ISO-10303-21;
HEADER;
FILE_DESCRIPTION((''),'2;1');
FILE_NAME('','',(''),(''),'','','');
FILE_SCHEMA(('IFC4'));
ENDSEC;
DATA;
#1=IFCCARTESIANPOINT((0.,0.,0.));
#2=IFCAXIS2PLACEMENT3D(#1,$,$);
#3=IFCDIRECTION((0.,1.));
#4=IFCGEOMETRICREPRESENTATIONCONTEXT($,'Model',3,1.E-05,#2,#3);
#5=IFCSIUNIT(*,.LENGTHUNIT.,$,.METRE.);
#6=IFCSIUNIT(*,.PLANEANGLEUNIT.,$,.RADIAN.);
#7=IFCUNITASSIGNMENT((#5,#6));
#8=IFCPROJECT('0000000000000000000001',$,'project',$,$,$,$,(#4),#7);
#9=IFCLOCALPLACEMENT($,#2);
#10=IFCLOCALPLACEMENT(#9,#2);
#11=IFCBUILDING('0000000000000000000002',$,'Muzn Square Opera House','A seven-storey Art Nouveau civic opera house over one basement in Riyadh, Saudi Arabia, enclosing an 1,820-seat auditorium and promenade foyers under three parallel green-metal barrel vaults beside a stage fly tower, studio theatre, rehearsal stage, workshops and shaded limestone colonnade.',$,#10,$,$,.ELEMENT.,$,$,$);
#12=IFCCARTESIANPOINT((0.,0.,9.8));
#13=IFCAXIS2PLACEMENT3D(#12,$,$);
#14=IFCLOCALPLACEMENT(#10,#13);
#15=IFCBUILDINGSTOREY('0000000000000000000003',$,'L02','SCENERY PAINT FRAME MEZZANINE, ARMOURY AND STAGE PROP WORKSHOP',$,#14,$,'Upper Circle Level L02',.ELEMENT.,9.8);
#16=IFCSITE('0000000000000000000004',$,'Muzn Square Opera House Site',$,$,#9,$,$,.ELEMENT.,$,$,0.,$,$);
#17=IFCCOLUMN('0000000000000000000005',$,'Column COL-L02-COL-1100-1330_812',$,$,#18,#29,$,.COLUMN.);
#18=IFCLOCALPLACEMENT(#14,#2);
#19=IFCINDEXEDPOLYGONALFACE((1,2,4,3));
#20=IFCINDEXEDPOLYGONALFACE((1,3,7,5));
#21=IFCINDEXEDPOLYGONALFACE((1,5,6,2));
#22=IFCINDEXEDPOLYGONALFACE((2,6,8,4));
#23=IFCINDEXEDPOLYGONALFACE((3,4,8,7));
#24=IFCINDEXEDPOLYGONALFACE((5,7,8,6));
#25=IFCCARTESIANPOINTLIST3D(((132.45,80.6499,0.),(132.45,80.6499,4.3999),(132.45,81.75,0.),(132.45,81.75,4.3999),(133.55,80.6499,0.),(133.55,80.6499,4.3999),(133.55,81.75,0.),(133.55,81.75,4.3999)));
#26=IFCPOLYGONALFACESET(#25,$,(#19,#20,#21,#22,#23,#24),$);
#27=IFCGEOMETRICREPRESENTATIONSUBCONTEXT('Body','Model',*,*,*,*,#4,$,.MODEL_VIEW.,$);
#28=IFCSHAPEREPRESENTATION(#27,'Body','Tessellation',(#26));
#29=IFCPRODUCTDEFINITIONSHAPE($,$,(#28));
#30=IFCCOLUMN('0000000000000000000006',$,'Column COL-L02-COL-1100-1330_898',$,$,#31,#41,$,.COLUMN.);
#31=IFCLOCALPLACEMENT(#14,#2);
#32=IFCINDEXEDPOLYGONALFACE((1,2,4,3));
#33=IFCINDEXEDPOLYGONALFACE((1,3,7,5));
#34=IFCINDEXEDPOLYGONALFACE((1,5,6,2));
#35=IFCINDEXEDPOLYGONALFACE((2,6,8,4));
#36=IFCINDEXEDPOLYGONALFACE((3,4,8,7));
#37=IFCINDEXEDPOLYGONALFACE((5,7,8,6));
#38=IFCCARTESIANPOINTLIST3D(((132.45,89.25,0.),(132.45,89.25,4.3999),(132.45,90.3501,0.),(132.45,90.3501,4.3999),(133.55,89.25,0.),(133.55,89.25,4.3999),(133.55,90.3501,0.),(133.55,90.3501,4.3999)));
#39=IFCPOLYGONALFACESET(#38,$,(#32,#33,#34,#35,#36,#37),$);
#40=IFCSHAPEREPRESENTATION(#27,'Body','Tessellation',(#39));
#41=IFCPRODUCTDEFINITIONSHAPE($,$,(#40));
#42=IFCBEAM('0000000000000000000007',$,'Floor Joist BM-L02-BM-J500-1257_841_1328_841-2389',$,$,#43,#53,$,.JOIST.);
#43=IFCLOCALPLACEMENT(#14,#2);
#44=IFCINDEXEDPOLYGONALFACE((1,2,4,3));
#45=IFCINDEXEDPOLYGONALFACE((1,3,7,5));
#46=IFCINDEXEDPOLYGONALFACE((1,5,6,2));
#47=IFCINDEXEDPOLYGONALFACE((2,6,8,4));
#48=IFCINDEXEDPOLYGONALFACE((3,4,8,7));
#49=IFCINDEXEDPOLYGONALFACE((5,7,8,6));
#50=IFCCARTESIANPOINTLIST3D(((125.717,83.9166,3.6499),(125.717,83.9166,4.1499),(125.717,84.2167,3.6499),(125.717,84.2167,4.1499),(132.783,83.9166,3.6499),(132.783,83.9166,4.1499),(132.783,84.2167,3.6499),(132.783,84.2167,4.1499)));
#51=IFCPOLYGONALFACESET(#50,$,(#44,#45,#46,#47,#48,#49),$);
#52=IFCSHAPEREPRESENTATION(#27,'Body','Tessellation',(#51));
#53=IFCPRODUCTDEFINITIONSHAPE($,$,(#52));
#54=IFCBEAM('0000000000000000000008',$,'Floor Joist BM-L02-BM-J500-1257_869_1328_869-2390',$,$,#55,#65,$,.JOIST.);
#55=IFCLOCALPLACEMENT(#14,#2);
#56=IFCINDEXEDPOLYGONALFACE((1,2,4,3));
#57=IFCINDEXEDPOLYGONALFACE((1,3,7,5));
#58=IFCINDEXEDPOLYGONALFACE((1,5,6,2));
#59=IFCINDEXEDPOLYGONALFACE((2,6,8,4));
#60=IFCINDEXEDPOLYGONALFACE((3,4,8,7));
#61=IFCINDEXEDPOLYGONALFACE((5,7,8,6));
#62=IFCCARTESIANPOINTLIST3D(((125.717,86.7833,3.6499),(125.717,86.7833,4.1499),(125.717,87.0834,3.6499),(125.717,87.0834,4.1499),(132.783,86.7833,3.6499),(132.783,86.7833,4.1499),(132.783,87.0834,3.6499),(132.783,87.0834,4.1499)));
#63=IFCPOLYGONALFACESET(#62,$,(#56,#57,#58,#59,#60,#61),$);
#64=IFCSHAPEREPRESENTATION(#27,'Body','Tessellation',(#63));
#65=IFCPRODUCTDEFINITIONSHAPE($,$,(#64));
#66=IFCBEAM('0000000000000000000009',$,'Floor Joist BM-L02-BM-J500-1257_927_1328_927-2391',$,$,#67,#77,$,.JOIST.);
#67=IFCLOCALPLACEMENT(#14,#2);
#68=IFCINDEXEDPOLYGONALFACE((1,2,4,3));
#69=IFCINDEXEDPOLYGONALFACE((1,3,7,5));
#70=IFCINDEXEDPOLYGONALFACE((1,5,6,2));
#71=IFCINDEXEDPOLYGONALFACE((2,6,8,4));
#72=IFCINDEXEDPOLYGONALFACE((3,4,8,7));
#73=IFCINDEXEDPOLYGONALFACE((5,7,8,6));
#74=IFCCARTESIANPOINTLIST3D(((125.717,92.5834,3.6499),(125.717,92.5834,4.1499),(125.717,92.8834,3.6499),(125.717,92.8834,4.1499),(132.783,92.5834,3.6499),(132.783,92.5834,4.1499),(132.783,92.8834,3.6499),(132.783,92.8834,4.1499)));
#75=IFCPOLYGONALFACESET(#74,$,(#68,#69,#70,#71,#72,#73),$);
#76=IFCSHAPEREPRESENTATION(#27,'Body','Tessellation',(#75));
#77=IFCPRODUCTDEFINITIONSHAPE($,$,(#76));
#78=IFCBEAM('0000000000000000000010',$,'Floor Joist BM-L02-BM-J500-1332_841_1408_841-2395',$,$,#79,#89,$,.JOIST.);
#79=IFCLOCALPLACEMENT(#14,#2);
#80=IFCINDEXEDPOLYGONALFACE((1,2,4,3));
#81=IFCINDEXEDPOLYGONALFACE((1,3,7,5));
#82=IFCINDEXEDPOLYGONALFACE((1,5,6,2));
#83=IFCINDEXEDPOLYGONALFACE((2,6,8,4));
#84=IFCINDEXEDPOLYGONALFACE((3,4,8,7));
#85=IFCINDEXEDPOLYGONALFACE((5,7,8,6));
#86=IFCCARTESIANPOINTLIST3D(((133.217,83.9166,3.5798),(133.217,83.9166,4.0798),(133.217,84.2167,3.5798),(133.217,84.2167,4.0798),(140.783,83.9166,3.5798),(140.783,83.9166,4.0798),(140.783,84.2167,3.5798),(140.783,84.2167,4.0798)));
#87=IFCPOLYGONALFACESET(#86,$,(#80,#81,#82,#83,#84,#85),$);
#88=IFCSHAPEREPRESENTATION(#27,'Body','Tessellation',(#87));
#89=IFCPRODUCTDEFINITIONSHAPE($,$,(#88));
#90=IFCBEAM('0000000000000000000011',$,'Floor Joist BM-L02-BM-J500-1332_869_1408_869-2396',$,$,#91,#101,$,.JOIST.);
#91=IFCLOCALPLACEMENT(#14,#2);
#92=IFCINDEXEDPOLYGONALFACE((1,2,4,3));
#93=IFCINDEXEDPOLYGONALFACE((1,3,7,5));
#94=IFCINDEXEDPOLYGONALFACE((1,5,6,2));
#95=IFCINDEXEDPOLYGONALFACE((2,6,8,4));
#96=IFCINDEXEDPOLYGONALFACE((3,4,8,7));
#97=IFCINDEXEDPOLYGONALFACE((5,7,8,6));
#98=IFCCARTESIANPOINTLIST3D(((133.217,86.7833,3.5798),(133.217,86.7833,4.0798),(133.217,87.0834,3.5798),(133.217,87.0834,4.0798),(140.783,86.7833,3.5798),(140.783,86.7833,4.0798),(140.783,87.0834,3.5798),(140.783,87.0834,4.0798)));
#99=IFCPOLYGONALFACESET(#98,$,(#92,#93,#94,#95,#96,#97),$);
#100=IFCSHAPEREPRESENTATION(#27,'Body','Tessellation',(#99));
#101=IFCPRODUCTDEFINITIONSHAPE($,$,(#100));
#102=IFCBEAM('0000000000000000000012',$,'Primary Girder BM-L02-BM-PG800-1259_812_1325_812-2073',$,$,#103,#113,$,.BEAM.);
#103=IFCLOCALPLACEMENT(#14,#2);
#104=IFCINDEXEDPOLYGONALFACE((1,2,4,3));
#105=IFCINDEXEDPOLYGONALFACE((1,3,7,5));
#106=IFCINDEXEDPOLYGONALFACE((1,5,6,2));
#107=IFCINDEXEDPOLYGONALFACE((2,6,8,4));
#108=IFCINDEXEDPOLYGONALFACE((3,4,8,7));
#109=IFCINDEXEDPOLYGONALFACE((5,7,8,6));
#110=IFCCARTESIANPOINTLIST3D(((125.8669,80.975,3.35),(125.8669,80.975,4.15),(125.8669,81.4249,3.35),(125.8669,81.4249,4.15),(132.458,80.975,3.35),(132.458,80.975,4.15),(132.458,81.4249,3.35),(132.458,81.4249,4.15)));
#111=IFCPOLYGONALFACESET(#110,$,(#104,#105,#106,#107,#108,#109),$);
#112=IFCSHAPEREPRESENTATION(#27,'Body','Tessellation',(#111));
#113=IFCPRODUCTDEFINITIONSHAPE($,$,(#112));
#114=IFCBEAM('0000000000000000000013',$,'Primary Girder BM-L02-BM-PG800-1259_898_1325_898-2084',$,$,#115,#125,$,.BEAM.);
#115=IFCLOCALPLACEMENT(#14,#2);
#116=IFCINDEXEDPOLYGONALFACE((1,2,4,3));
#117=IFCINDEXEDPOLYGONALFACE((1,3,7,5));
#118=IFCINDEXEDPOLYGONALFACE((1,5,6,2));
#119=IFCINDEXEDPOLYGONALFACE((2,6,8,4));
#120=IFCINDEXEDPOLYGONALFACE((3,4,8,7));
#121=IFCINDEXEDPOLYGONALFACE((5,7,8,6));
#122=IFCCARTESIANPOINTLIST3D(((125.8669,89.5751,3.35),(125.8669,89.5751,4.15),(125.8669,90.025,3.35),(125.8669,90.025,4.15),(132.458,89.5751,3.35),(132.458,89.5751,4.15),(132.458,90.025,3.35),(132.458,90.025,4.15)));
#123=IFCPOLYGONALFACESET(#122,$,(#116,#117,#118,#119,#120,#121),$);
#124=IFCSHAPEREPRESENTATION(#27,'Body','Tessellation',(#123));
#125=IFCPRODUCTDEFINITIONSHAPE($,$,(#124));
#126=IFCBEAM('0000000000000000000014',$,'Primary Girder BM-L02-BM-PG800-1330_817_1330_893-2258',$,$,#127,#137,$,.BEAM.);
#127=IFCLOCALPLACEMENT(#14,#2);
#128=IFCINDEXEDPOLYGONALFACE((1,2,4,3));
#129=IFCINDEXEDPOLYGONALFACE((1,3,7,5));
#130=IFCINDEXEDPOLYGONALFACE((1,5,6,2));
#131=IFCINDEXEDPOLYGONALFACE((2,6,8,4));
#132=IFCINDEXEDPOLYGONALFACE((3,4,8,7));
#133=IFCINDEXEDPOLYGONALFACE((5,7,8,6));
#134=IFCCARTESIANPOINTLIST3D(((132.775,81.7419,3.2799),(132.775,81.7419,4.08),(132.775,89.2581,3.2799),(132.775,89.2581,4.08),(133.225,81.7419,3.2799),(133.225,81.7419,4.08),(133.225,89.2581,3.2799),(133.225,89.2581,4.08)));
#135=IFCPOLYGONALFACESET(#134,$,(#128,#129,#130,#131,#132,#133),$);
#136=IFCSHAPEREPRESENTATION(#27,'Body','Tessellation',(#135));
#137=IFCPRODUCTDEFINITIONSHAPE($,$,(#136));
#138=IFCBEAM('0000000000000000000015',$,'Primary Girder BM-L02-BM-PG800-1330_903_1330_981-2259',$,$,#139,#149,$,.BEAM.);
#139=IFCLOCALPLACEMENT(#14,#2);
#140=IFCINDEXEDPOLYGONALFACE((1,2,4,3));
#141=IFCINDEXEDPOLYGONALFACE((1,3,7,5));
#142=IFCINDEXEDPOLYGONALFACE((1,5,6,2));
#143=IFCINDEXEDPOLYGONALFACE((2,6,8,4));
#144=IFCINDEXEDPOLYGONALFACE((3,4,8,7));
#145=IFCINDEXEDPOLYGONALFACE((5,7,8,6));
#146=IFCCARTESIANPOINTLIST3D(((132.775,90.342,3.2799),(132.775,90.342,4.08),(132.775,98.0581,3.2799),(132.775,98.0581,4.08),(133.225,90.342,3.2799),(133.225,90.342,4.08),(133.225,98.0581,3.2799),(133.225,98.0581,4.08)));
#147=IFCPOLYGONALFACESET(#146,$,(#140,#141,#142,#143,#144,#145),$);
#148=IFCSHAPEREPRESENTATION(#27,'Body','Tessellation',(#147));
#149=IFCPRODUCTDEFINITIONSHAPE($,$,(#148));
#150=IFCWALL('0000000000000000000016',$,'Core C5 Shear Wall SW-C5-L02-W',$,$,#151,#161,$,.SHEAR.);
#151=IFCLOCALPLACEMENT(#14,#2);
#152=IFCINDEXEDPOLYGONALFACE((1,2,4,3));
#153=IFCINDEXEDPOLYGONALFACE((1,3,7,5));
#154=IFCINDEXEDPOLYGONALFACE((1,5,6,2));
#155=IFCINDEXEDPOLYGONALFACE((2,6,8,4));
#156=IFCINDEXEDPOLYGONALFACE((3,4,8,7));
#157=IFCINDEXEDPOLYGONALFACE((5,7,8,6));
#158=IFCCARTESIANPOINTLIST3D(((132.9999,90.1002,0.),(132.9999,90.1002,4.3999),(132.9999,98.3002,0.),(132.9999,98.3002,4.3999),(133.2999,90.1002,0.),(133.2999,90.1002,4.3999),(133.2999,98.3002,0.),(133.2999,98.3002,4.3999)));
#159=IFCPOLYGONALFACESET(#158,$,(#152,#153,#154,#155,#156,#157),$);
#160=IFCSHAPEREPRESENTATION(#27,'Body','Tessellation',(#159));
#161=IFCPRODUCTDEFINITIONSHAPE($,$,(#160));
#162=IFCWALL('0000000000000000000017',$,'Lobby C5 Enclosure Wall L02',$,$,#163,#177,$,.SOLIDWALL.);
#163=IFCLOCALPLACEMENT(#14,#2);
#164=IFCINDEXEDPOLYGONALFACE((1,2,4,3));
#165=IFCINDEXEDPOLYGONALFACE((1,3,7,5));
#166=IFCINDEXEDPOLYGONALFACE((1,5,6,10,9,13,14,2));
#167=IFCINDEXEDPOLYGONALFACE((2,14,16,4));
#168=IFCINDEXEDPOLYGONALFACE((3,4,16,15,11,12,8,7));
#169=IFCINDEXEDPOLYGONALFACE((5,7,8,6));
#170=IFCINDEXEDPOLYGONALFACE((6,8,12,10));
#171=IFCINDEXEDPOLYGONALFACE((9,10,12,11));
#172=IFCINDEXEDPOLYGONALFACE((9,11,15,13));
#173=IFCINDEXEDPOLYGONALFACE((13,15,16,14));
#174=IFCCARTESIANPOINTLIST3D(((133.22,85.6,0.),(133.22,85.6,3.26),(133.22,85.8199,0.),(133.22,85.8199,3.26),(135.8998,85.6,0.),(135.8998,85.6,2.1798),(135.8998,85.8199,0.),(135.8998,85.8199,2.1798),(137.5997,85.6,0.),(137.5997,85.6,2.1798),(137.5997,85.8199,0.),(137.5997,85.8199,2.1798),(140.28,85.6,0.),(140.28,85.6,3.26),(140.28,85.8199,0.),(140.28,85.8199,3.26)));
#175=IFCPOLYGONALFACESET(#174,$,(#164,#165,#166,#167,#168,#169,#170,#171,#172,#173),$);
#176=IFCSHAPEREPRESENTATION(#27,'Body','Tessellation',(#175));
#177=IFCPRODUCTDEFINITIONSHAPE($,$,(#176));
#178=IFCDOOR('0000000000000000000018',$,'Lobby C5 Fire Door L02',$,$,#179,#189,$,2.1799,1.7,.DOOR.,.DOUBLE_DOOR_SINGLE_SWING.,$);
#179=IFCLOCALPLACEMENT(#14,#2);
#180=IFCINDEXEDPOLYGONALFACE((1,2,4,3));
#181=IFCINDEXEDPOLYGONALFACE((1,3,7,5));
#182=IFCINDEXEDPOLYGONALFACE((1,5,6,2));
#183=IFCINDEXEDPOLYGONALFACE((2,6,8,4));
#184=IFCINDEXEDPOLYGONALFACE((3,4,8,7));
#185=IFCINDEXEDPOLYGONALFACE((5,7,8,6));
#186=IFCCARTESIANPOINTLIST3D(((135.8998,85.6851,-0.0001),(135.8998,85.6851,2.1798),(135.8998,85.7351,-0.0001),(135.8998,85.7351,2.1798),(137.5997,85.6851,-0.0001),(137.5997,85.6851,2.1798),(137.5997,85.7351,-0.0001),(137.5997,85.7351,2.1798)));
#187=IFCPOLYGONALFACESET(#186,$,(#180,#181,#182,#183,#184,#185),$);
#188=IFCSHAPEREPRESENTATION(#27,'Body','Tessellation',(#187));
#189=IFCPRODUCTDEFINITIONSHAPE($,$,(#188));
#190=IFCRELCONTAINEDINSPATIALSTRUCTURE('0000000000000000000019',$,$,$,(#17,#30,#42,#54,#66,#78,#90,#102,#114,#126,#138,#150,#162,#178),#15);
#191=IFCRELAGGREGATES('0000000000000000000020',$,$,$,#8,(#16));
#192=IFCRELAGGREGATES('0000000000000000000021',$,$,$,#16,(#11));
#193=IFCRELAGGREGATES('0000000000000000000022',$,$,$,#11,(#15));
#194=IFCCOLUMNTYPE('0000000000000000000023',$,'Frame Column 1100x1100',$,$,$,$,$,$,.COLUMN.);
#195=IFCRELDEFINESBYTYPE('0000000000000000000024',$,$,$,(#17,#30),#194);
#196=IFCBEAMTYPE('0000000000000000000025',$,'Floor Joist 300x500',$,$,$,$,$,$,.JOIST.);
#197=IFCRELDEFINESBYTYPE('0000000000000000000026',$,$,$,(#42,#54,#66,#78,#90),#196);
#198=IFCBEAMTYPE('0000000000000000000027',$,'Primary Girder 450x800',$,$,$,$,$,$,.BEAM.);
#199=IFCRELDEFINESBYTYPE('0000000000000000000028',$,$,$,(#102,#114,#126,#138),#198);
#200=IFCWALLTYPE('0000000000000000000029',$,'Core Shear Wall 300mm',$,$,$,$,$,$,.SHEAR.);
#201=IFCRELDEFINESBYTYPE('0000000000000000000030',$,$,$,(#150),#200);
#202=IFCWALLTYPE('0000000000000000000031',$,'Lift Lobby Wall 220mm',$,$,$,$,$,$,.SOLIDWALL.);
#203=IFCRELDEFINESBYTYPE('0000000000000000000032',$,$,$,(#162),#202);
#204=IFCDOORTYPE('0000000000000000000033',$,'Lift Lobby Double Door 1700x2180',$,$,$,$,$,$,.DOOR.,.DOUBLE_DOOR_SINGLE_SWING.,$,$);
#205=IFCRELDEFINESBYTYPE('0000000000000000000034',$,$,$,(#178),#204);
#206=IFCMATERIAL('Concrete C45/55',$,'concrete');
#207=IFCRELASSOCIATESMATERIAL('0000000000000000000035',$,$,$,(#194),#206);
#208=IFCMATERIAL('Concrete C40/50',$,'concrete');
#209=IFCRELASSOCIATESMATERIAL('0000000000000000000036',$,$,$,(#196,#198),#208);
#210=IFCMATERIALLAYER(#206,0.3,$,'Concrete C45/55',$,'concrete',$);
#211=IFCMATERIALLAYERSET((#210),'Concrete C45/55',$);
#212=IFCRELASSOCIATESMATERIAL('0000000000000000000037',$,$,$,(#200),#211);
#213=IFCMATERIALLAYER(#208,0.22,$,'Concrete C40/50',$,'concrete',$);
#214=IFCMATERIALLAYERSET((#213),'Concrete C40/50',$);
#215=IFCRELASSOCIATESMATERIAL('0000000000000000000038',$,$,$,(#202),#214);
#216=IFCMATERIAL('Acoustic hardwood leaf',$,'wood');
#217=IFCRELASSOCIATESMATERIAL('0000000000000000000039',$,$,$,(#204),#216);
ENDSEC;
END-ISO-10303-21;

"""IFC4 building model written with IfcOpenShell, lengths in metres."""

from ifc_helpers import new_model, si_unit, direction, frame, frame_2d, origin, origin_2d, place, context, subcontext, project, spatial, rectangle, extrude, material, layer, layer_set, material_profile, profile_set, type_object, element, fill, save


model = new_model("IFC4")

# Units and contexts
model_context = context("Model", 3, precision=1e-05, world=origin(), true_north=direction((0.0, 1.0)))
body_context = subcontext(model_context, "Body", "Model", "MODEL_VIEW")
ifc_project = project(units=[si_unit("LENGTHUNIT", "METRE"), si_unit("PLANEANGLEUNIT", "RADIAN")], contexts=[model_context])

# Site, building, storey
site_placement = place(None, origin())
site = spatial("IfcSite", under=ifc_project, at=site_placement, Name="Muzn Square Opera House Site", CompositionType="ELEMENT", RefElevation=0.0)
building_placement = place(site_placement, origin())
building = spatial("IfcBuilding", under=site, at=building_placement, Name="Muzn Square Opera House", Description="A seven-storey Art Nouveau civic opera house over one basement in Riyadh, Saudi Arabia, enclosing an 1,820-seat auditorium and promenade foyers under three parallel green-metal barrel vaults beside a stage fly tower, studio theatre, rehearsal stage, workshops and shaded limestone colonnade.", CompositionType="ELEMENT")
storey_placement = place(building_placement, frame((0.0, 0.0, 9.8)))
storey = spatial("IfcBuildingStorey", under=building, at=storey_placement, Name="L02", Description="SCENERY PAINT FRAME MEZZANINE, ARMOURY AND STAGE PROP WORKSHOP", LongName="Upper Circle Level L02", CompositionType="ELEMENT", Elevation=9.8)

# Columns
ifc_material_1 = material(Name="Concrete C45/55", Category="concrete")
ifc_material_profile_1 = material_profile(ifc_material_1, rectangle(XDim=1.1001, YDim=1.1001, at=origin_2d()), Name="RC 1100x1100", Category="concrete")
ifc_profile_set_1 = profile_set([ifc_material_profile_1], Name="Concrete C45/55")
column_type = type_object("IfcColumnType", Name="Frame Column 1100x1100", PredefinedType="COLUMN", material=ifc_profile_set_1)
for number, where, z_axis, x_axis, name in (
    (1, (133.0, 81.2, 0.0), (0.0, 0.0, 1.0), (1.0, 0.0, 0.0), "Column COL-L02-COL-1100-1330_812"),
    (2, (133.0, 89.8, 0.0), (0.0, 0.0, 1.0), (1.0, 0.0, 0.0), "Column COL-L02-COL-1100-1330_898"),
):
    element("IfcColumn", number, at=place(storey_placement, frame(where, z_axis=z_axis, x_axis=x_axis)), inside=storey, type_object=column_type, Name=name, PredefinedType="COLUMN", context=body_context, shape_type="SweptSolid", body=[
        extrude(rectangle(XDim=1.1001, YDim=1.1001, at=origin_2d()), origin(), (0.0, 0.0, 1.0), 4.3999),
    ])

# Beams
ifc_material_2 = material(Name="Concrete C40/50", Category="concrete")
ifc_material_profile_2 = material_profile(ifc_material_2, rectangle(XDim=0.3, YDim=0.5, at=origin_2d()), Name="RCJ 300x500", Category="concrete")
ifc_profile_set_2 = profile_set([ifc_material_profile_2], Name="Concrete C40/50")
beam_type_1 = type_object("IfcBeamType", Name="Floor Joist 300x500", PredefinedType="JOIST", material=ifc_profile_set_2)
for number, where, z_axis, x_axis, name in (
    (3, (125.717, 84.0667, 3.8999), (1.0, 0.0, 0.0), (0.0, 1.0, 0.0), "Floor Joist BM-L02-BM-J500-1257_841_1328_841-2389"),
    (4, (125.717, 86.9333, 3.8999), (1.0, 0.0, 0.0), (0.0, 1.0, 0.0), "Floor Joist BM-L02-BM-J500-1257_869_1328_869-2390"),
    (5, (125.717, 92.7334, 3.8999), (1.0, 0.0, 0.0), (0.0, 1.0, 0.0), "Floor Joist BM-L02-BM-J500-1257_927_1328_927-2391"),
):
    element("IfcBeam", number, at=place(storey_placement, frame(where, z_axis=z_axis, x_axis=x_axis)), inside=storey, type_object=beam_type_1, Name=name, PredefinedType="JOIST", context=body_context, shape_type="SweptSolid", body=[
        extrude(rectangle(XDim=0.3, YDim=0.5, at=origin_2d()), origin(), (0.0, 0.0, 1.0), 7.0659),
    ])
for number, where, z_axis, x_axis, name in (
    (6, (133.217, 84.0667, 3.8298), (1.0, 0.0, 0.0), (0.0, 1.0, 0.0), "Floor Joist BM-L02-BM-J500-1332_841_1408_841-2395"),
    (7, (133.217, 86.9333, 3.8298), (1.0, 0.0, 0.0), (0.0, 1.0, 0.0), "Floor Joist BM-L02-BM-J500-1332_869_1408_869-2396"),
):
    element("IfcBeam", number, at=place(storey_placement, frame(where, z_axis=z_axis, x_axis=x_axis)), inside=storey, type_object=beam_type_1, Name=name, PredefinedType="JOIST", context=body_context, shape_type="SweptSolid", body=[
        extrude(rectangle(XDim=0.3, YDim=0.5, at=origin_2d()), origin(), (0.0, 0.0, 1.0), 7.5659),
    ])
ifc_material_profile_3 = material_profile(ifc_material_2, rectangle(XDim=0.45, YDim=0.8, at=origin_2d()), Name="RCB 450x800", Category="concrete")
ifc_profile_set_3 = profile_set([ifc_material_profile_3], Name="Concrete C40/50")
beam_type_2 = type_object("IfcBeamType", Name="Primary Girder 450x800", PredefinedType="BEAM", material=ifc_profile_set_3)
for number, where, z_axis, x_axis, name in (
    (8, (125.8669, 81.2, 3.75), (1.0, 0.0, 0.0), (0.0, 1.0, 0.0), "Primary Girder BM-L02-BM-PG800-1259_812_1325_812-2073"),
    (9, (125.8669, 89.8, 3.75), (1.0, 0.0, 0.0), (0.0, 1.0, 0.0), "Primary Girder BM-L02-BM-PG800-1259_898_1325_898-2084"),
):
    element("IfcBeam", number, at=place(storey_placement, frame(where, z_axis=z_axis, x_axis=x_axis)), inside=storey, type_object=beam_type_2, Name=name, PredefinedType="BEAM", context=body_context, shape_type="SweptSolid", body=[
        extrude(rectangle(XDim=0.45, YDim=0.8, at=origin_2d()), origin(), (0.0, 0.0, 1.0), 6.5911),
    ])
beam_1_placement = place(storey_placement, frame((133.0, 81.7419, 3.6799), z_axis=(0.0, 1.0, 0.0), x_axis=(-1.0, 0.0, 0.0)))
element("IfcBeam", 10, at=beam_1_placement, inside=storey, type_object=beam_type_2, Name="Primary Girder BM-L02-BM-PG800-1330_817_1330_893-2258", PredefinedType="BEAM", context=body_context, shape_type="SweptSolid", body=[
    extrude(rectangle(XDim=0.45, YDim=0.8, at=origin_2d()), origin(), (0.0, 0.0, 1.0), 7.5161),
])
beam_2_placement = place(storey_placement, frame((133.0, 90.342, 3.6799), z_axis=(0.0, 1.0, 0.0), x_axis=(-1.0, 0.0, 0.0)))
element("IfcBeam", 11, at=beam_2_placement, inside=storey, type_object=beam_type_2, Name="Primary Girder BM-L02-BM-PG800-1330_903_1330_981-2259", PredefinedType="BEAM", context=body_context, shape_type="SweptSolid", body=[
    extrude(rectangle(XDim=0.45, YDim=0.8, at=origin_2d()), origin(), (0.0, 0.0, 1.0), 7.7161),
])

# Wall
ifc_layer_1 = layer(ifc_material_1, 0.3, Name="Concrete C45/55", Category="concrete")
ifc_layer_set_1 = layer_set([ifc_layer_1], Name="Concrete C45/55")
wall_type_1 = type_object("IfcWallType", Name="Core Shear Wall 300mm", PredefinedType="SHEAR", material=ifc_layer_set_1)
wall_1_placement = place(storey_placement, frame((133.1499, 90.1001, 0.0), z_axis=(0.0, 0.0, 1.0), x_axis=(0.0, 1.0, 0.0)))
element("IfcWall", 12, at=wall_1_placement, inside=storey, type_object=wall_type_1, Name="Core C5 Shear Wall SW-C5-L02-W", PredefinedType="SHEAR", context=body_context, shape_type="SweptSolid", body=[
    extrude(rectangle(XDim=8.2, YDim=0.3, at=frame_2d((4.1001, 0.0))), origin(), (0.0, 0.0, 1.0), 4.3999),
])

# Wall, opening, door
ifc_layer_2 = layer(ifc_material_2, 0.22, Name="Concrete C40/50", Category="concrete")
ifc_layer_set_2 = layer_set([ifc_layer_2], Name="Concrete C40/50")
wall_type_2 = type_object("IfcWallType", Name="Lift Lobby Wall 220mm", PredefinedType="SOLIDWALL", material=ifc_layer_set_2)
wall_2_placement = place(storey_placement, frame((133.22, 85.71, 0.0), z_axis=(0.0, 0.0, 1.0), x_axis=(1.0, 0.0, 0.0)))
wall_2 = element("IfcWall", 13, at=wall_2_placement, inside=storey, type_object=wall_type_2, Name="Lobby C5 Enclosure Wall L02", PredefinedType="SOLIDWALL", context=body_context, shape_type="SweptSolid", body=[
    extrude(rectangle(XDim=7.0601, YDim=0.22, at=frame_2d((3.53, 0.0))), origin(), (0.0, 0.0, 1.0), 3.26),
])
opening_1_placement = place(wall_2_placement, frame((4.3799, 0.0, 0.0), z_axis=(0.0, 0.0, 1.0), x_axis=(-1.0, 0.0, 0.0)))
opening_1 = element("IfcOpeningElement", 14, at=opening_1_placement, cuts=wall_2, PredefinedType="OPENING", context=body_context, shape_type="SweptSolid", body=[
    extrude(rectangle(XDim=1.7, YDim=2.1799, at=frame_2d((0.8501, 1.0898))), frame((0.0, 0.1199, 0.0), z_axis=(0.0, -1.0, 0.0), x_axis=(1.0, 0.0, 0.0)), (0.0, 0.0, 1.0), 0.24),
])
ifc_material_3 = material(Name="Acoustic hardwood leaf", Category="wood")
door_type_1 = type_object("IfcDoorType", Name="Lift Lobby Double Door 1700x2180", OperationType="DOUBLE_DOOR_SINGLE_SWING", PredefinedType="DOOR", material=ifc_material_3)
door_1_placement = place(opening_1_placement, origin())
door_1 = element("IfcDoor", 15, at=door_1_placement, inside=storey, type_object=door_type_1, Name="Lobby C5 Fire Door L02", OperationType="DOUBLE_DOOR_SINGLE_SWING", OverallHeight=2.1799, OverallWidth=1.7, PredefinedType="DOOR", context=body_context, shape_type="SweptSolid", body=[
    extrude(rectangle(XDim=1.7, YDim=2.1799, at=frame_2d((0.8501, 1.0898))), frame((0.0, 0.0249, 0.0), z_axis=(0.0, -1.0, 0.0), x_axis=(1.0, 0.0, 0.0)), (0.0, 0.0, 1.0), 0.05),
])
fill(opening_1, door_1)

save(model, "model.ifc")
